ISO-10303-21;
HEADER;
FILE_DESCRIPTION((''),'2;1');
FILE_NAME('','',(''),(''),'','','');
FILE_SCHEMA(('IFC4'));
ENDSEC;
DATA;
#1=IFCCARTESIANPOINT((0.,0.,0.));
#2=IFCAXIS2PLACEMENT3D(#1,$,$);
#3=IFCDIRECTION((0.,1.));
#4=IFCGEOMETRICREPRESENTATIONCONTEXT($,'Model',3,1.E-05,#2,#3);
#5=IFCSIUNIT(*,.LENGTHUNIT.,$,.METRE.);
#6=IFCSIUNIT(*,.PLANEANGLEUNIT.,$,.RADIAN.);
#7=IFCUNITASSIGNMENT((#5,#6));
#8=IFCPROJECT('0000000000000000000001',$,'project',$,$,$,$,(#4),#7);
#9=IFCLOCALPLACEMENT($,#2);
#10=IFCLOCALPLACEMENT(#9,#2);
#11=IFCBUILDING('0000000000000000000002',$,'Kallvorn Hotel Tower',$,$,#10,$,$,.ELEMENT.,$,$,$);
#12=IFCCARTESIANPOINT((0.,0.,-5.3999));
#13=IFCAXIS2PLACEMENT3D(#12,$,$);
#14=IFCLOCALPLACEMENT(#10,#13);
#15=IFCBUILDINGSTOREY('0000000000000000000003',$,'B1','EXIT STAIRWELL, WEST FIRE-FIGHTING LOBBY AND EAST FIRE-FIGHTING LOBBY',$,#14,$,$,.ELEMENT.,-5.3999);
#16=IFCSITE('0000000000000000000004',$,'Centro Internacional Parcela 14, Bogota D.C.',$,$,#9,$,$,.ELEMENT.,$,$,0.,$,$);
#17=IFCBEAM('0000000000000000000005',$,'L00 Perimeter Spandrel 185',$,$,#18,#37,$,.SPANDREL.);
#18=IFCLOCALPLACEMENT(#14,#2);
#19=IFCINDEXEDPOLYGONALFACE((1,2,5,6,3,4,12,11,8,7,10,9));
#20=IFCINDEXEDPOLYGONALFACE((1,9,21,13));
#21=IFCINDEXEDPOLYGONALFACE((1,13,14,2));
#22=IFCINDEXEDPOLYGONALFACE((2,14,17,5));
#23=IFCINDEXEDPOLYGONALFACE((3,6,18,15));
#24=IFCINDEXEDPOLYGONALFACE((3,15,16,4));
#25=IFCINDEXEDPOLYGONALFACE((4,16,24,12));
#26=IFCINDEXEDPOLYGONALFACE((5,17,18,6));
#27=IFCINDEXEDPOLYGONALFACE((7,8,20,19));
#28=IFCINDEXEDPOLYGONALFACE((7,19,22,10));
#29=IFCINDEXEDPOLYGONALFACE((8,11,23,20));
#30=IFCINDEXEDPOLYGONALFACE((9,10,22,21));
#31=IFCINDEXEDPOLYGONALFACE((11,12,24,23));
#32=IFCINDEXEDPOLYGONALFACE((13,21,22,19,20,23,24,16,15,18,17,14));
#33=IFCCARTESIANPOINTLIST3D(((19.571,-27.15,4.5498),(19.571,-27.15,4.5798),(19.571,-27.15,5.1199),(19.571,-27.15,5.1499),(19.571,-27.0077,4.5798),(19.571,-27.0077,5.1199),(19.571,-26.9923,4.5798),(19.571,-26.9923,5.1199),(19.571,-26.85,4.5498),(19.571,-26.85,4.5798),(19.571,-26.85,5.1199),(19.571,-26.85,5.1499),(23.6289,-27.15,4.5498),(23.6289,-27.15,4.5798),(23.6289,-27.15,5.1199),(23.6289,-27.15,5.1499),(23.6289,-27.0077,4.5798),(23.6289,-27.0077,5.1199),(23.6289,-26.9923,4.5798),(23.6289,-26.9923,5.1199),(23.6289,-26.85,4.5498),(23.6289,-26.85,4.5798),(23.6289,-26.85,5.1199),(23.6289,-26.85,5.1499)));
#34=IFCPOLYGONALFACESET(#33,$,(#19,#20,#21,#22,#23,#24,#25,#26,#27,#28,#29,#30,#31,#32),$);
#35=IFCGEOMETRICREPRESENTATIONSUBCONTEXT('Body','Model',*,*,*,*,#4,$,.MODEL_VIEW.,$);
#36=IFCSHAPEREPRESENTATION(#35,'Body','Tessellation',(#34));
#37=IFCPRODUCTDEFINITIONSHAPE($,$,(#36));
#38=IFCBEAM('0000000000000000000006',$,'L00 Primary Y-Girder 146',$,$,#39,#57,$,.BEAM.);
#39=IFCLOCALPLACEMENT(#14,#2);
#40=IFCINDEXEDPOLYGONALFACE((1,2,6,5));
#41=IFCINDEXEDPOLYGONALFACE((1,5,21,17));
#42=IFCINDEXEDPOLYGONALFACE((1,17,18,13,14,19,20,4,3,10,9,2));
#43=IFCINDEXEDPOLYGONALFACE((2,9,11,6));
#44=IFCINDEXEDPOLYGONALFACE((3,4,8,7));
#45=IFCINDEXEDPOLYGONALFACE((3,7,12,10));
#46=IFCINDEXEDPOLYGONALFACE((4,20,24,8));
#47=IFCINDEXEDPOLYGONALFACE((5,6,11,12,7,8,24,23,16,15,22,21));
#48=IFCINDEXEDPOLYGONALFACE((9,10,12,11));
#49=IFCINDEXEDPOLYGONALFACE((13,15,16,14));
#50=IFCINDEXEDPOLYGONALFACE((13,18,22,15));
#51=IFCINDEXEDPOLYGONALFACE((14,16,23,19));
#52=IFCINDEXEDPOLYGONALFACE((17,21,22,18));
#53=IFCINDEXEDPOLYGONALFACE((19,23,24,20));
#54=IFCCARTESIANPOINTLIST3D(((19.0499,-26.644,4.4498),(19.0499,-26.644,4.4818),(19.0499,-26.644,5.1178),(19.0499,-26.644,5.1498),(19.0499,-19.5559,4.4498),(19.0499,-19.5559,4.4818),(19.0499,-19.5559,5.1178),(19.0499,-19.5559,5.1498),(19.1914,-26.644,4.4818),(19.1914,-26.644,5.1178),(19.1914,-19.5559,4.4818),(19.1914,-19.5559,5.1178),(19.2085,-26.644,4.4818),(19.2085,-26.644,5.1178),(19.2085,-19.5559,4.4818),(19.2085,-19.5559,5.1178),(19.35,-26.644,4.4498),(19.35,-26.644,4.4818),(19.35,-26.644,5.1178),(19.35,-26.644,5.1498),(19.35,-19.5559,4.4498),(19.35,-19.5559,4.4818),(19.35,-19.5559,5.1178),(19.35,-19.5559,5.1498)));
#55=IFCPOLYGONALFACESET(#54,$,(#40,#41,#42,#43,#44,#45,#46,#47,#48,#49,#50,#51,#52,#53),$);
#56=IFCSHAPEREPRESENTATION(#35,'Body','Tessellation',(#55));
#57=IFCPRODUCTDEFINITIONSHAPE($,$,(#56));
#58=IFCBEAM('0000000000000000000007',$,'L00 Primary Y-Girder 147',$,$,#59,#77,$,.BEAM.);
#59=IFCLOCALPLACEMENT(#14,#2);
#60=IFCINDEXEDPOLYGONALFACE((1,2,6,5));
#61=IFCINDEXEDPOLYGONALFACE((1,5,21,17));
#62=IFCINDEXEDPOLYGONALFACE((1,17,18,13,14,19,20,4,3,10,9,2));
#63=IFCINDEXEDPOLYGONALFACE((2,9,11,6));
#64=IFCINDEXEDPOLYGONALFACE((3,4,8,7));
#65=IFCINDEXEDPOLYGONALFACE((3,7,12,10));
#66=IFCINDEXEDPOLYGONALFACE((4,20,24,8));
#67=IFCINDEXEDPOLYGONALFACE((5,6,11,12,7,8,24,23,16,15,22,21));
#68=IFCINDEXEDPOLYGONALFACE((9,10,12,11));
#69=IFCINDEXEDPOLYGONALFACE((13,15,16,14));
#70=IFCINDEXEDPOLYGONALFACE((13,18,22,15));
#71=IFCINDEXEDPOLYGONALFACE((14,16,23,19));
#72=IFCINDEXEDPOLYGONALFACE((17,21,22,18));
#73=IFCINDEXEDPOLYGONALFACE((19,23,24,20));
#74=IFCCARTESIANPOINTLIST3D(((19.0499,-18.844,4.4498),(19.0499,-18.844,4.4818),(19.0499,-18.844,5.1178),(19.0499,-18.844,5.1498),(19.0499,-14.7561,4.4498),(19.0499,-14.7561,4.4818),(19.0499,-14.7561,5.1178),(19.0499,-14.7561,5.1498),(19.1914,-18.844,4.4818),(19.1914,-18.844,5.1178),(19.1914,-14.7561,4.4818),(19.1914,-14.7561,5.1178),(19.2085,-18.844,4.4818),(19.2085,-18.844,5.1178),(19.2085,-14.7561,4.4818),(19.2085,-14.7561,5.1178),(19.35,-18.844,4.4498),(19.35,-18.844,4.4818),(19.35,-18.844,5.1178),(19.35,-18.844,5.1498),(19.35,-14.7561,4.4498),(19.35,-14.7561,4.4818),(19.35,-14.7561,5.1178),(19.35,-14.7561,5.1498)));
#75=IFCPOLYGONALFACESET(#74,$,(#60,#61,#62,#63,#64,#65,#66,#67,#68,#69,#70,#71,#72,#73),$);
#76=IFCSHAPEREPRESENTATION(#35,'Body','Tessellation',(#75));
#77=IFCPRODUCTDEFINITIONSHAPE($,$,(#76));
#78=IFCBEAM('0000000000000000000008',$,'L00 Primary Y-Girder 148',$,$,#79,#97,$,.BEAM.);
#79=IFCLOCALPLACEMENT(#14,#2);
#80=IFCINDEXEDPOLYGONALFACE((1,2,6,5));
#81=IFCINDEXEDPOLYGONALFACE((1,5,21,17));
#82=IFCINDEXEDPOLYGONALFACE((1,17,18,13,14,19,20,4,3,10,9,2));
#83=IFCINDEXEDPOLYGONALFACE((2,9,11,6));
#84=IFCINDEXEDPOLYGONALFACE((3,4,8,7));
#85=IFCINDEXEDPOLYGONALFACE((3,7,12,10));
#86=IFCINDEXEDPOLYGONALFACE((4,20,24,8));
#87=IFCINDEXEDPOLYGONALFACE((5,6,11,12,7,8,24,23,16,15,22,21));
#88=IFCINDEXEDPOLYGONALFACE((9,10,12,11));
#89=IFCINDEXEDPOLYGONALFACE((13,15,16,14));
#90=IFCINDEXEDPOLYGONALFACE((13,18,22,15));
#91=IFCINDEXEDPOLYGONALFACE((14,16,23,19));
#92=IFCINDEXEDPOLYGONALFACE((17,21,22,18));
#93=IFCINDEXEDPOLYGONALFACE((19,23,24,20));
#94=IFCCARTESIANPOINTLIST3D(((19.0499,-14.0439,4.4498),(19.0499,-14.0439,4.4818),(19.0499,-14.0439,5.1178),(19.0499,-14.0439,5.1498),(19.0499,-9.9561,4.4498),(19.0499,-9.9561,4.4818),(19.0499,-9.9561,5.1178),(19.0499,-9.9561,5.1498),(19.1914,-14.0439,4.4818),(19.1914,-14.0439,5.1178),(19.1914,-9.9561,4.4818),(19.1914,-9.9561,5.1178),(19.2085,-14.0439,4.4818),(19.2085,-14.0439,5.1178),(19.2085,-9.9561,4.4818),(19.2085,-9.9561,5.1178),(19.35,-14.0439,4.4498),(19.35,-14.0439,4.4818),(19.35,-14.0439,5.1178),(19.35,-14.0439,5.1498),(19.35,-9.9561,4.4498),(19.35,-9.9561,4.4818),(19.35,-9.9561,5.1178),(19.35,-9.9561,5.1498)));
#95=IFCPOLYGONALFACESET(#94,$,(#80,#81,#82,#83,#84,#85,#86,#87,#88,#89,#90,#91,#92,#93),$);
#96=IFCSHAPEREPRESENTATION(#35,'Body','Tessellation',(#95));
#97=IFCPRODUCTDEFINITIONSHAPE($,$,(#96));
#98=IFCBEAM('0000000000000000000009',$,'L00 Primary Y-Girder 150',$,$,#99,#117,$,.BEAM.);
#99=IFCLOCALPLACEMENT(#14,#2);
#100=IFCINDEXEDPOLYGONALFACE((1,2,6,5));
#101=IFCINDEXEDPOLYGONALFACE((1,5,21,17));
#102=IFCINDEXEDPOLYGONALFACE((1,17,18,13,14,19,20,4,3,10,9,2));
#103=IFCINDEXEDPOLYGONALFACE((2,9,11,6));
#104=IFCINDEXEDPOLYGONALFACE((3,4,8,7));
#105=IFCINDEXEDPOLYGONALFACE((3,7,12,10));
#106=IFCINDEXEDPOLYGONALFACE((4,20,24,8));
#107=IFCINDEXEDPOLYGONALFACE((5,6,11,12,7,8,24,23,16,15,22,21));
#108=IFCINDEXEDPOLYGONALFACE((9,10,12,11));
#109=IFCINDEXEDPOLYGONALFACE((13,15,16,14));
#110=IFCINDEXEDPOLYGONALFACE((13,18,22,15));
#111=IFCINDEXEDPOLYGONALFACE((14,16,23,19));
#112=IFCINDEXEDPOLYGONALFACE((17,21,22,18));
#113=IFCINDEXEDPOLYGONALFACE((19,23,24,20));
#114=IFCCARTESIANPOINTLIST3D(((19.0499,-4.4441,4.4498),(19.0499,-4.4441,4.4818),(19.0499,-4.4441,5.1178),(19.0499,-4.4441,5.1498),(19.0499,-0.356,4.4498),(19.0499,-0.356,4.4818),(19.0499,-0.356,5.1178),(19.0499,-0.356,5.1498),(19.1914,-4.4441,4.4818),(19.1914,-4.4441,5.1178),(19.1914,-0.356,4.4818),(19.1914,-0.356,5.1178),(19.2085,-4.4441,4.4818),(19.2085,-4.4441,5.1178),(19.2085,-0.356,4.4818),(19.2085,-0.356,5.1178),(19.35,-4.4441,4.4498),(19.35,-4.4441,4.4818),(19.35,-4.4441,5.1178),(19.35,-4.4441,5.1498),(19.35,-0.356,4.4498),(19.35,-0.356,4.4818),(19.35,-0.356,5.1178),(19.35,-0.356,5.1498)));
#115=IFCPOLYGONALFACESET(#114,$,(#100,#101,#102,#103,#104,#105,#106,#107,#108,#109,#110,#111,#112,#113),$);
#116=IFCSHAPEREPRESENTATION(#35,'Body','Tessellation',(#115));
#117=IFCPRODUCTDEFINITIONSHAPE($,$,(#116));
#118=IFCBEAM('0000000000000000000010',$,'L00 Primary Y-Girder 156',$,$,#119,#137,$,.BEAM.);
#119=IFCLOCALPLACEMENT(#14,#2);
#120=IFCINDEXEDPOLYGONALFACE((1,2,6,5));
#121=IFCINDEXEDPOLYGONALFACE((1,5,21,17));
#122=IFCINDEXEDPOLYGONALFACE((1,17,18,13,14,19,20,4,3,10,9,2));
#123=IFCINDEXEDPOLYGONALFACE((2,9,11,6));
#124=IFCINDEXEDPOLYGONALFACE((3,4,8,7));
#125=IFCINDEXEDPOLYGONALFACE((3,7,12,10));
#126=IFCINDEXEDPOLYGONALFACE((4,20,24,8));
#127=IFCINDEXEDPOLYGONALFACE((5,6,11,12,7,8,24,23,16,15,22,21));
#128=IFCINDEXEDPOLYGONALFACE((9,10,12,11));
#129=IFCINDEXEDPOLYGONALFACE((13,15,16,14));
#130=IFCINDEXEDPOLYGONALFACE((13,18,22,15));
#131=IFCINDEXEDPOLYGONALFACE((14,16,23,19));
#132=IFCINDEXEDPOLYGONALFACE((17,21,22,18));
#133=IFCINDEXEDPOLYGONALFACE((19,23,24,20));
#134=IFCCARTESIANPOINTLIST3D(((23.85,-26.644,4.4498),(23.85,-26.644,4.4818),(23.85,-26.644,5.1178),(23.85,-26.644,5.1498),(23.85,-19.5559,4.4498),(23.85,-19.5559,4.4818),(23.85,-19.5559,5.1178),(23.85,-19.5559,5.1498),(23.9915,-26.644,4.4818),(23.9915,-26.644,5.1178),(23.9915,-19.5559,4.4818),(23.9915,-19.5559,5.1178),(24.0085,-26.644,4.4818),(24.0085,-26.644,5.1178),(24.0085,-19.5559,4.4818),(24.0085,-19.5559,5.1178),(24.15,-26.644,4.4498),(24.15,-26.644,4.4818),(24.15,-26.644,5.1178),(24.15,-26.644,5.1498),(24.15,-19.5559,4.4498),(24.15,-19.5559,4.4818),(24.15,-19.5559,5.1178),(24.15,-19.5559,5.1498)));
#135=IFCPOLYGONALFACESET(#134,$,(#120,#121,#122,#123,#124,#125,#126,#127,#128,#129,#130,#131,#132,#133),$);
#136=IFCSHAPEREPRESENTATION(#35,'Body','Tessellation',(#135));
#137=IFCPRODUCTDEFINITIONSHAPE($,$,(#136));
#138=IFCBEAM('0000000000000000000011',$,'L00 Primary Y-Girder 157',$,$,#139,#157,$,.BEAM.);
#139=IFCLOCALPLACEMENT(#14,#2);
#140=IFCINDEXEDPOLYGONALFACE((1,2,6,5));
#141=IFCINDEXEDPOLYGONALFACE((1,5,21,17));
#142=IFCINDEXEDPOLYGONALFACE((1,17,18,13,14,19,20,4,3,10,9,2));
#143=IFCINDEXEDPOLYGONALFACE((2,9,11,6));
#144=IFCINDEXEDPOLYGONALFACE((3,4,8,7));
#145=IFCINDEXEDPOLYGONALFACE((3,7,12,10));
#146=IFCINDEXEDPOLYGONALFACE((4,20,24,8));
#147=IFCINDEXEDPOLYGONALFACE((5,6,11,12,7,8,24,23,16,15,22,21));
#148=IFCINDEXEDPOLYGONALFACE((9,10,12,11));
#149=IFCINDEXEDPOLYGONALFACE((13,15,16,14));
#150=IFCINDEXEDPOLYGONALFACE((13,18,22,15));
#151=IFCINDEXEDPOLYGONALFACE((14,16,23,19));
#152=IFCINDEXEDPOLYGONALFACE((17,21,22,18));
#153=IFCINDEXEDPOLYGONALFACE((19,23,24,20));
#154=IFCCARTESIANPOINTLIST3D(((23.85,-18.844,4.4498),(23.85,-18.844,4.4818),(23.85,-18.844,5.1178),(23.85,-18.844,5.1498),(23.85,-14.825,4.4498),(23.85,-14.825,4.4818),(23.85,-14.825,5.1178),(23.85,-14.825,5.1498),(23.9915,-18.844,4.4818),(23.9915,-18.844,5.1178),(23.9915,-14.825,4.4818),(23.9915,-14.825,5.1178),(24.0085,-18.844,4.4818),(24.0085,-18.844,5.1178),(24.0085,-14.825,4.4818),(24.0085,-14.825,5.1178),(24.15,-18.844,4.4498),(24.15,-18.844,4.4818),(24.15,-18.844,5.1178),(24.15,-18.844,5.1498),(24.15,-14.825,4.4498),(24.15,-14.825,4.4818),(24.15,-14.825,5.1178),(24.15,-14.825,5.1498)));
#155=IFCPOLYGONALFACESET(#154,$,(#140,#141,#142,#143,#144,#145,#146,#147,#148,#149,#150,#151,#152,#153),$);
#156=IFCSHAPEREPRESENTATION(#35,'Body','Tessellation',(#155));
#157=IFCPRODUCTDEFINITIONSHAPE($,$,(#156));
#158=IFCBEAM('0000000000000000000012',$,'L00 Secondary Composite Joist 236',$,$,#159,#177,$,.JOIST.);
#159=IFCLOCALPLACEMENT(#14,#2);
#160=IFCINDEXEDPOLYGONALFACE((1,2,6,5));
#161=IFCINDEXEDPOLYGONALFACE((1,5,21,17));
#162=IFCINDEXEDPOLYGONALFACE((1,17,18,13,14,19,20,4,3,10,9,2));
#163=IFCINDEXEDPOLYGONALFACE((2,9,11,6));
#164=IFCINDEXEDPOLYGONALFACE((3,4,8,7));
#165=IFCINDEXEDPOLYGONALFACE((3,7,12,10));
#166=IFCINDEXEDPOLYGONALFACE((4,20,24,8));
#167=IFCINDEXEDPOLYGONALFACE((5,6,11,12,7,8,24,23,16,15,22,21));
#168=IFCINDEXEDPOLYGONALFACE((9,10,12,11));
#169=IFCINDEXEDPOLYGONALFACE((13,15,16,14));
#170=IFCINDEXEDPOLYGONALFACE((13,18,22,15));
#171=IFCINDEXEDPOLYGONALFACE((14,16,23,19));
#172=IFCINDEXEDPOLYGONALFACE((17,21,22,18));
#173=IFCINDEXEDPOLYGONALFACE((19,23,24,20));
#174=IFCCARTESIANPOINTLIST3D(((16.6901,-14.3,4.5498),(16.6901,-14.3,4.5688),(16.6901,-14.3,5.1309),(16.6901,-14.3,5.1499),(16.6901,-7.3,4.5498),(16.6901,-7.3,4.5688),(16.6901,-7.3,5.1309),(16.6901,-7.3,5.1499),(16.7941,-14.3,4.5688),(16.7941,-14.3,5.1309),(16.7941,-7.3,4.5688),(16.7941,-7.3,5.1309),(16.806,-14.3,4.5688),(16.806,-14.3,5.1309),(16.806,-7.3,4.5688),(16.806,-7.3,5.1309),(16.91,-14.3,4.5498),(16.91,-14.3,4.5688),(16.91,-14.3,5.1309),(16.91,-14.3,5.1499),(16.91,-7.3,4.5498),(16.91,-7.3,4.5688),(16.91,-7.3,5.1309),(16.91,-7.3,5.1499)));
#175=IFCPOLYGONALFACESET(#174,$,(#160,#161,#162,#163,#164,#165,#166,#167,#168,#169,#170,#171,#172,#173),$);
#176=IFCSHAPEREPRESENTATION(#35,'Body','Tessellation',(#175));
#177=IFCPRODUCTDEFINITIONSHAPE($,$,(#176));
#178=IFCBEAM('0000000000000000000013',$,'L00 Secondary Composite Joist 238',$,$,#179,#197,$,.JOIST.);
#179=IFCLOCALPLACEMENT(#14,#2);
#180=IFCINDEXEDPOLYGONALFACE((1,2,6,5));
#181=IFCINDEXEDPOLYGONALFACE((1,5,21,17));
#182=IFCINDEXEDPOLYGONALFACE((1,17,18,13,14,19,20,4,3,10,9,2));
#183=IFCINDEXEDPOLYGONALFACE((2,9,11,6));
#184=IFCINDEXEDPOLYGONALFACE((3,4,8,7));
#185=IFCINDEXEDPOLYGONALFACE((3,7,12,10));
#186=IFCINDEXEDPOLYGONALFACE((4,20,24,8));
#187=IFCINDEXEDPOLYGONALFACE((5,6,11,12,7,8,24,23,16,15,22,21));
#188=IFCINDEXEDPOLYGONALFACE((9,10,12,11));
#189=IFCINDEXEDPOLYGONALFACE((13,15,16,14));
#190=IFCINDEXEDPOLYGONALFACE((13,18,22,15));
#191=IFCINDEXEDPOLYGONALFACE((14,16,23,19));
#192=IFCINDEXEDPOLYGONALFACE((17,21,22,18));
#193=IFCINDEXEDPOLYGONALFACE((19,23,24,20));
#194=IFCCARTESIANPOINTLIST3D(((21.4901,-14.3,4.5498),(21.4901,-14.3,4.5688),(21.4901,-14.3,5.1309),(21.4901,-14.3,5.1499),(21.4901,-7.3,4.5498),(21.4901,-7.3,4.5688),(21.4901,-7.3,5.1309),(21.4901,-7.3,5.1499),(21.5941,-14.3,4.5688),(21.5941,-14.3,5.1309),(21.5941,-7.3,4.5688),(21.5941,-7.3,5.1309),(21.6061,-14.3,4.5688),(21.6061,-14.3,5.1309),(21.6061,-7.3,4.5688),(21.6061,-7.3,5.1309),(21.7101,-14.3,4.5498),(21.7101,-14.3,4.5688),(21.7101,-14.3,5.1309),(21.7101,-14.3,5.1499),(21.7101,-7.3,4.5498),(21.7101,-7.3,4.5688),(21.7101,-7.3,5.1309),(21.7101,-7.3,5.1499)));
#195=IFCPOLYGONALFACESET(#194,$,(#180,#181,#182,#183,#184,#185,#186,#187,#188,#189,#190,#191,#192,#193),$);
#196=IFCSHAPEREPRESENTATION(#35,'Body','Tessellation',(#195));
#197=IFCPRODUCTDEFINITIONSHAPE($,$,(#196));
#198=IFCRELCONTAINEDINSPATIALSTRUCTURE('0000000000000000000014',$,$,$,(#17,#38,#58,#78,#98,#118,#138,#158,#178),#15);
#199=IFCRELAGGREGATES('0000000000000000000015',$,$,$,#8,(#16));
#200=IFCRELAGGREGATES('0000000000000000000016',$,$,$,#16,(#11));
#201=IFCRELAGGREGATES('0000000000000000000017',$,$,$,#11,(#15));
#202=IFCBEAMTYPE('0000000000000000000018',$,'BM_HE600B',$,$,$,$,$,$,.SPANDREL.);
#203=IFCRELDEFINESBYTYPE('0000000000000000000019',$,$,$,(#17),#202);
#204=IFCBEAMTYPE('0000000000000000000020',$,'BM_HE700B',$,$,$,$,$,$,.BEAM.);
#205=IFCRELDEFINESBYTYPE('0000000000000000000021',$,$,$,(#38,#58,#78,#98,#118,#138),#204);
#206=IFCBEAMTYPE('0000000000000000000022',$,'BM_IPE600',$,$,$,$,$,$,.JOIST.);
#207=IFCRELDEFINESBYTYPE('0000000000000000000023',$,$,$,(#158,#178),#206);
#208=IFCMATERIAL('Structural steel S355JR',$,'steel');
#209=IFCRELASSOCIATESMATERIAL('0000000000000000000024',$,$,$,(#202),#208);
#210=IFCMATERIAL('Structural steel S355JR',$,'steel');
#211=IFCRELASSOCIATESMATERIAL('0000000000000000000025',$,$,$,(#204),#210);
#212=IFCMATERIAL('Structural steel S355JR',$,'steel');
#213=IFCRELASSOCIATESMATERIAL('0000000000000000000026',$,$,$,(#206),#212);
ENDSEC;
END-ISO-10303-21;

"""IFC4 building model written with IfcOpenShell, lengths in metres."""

from ifc_helpers import new_model, si_unit, direction, frame, origin, origin_2d, place, context, subcontext, project, spatial, i_section, extrude, material, material_profile, profile_set, type_object, element, save


model = new_model("IFC4")

# Units and contexts
model_context = context("Model", 3, precision=1e-05, world=origin(), true_north=direction((0.0, 1.0)))
body_context = subcontext(model_context, "Body", "Model", "MODEL_VIEW")
ifc_project = project(units=[si_unit("LENGTHUNIT", "METRE"), si_unit("PLANEANGLEUNIT", "RADIAN")], contexts=[model_context])

# Site, building, storey
site_placement = place(None, origin())
site = spatial("IfcSite", under=ifc_project, at=site_placement, Name="Centro Internacional Parcela 14, Bogota D.C.", CompositionType="ELEMENT", RefElevation=0.0)
building_placement = place(site_placement, origin())
building = spatial("IfcBuilding", under=site, at=building_placement, Name="Kallvorn Hotel Tower", CompositionType="ELEMENT")
storey_placement = place(building_placement, frame((0.0, 0.0, -5.3999)))
storey = spatial("IfcBuildingStorey", under=building, at=storey_placement, Name="B1", Description="EXIT STAIRWELL, WEST FIRE-FIGHTING LOBBY AND EAST FIRE-FIGHTING LOBBY", CompositionType="ELEMENT", Elevation=-5.3999)

# Beams
ifc_material_1 = material(Name="Structural steel S355JR", Category="steel")
ifc_material_profile_1 = material_profile(ifc_material_1, i_section(OverallWidth=0.3, OverallDepth=0.6001, WebThickness=0.0154, FlangeThickness=0.03, at=origin_2d()), Name="HE 600 B")
ifc_profile_set_1 = profile_set([ifc_material_profile_1], Name="Structural steel S355JR")
beam_type_1 = type_object("IfcBeamType", Name="BM_HE600B", PredefinedType="SPANDREL", material=ifc_profile_set_1)
beam_1_placement = place(storey_placement, frame((19.571, -27.0, 4.8499), z_axis=(1.0, 0.0, 0.0), x_axis=(0.0, 1.0, 0.0)))
element("IfcBeam", 1, at=beam_1_placement, inside=storey, type_object=beam_type_1, Name="L00 Perimeter Spandrel 185", PredefinedType="SPANDREL", context=body_context, shape_type="SweptSolid", body=[
    extrude(i_section(OverallWidth=0.3, OverallDepth=0.6001, WebThickness=0.0154, FlangeThickness=0.03, at=origin_2d()), origin(), (0.0, 0.0, 1.0), 4.0579),
])
ifc_material_2 = material(Name="Structural steel S355JR", Category="steel")
ifc_material_profile_2 = material_profile(ifc_material_2, i_section(OverallWidth=0.3, OverallDepth=0.7, WebThickness=0.0171, FlangeThickness=0.032, at=origin_2d()), Name="HE 700 B")
ifc_profile_set_2 = profile_set([ifc_material_profile_2], Name="Structural steel S355JR")
beam_type_2 = type_object("IfcBeamType", Name="BM_HE700B", PredefinedType="BEAM", material=ifc_profile_set_2)
beam_2_placement = place(storey_placement, frame((19.2, -26.644, 4.7998), z_axis=(0.0, 1.0, 0.0), x_axis=(-1.0, 0.0, 0.0)))
element("IfcBeam", 2, at=beam_2_placement, inside=storey, type_object=beam_type_2, Name="L00 Primary Y-Girder 146", PredefinedType="BEAM", context=body_context, shape_type="SweptSolid", body=[
    extrude(i_section(OverallWidth=0.3, OverallDepth=0.7, WebThickness=0.0171, FlangeThickness=0.032, at=origin_2d()), origin(), (0.0, 0.0, 1.0), 7.0881),
])
for number, where, z_axis, x_axis, name in (
    (3, (19.2, -18.844, 4.7998), (0.0, 1.0, 0.0), (-1.0, 0.0, 0.0), "L00 Primary Y-Girder 147"),
    (4, (19.2, -14.0439, 4.7998), (0.0, 1.0, 0.0), (-1.0, 0.0, 0.0), "L00 Primary Y-Girder 148"),
):
    element("IfcBeam", number, at=place(storey_placement, frame(where, z_axis=z_axis, x_axis=x_axis)), inside=storey, type_object=beam_type_2, Name=name, PredefinedType="BEAM", context=body_context, shape_type="SweptSolid", body=[
        extrude(i_section(OverallWidth=0.3, OverallDepth=0.7, WebThickness=0.0171, FlangeThickness=0.032, at=origin_2d()), origin(), (0.0, 0.0, 1.0), 4.0879),
    ])
beam_3_placement = place(storey_placement, frame((19.2, -4.4441, 4.7998), z_axis=(0.0, 1.0, 0.0), x_axis=(-1.0, 0.0, 0.0)))
element("IfcBeam", 5, at=beam_3_placement, inside=storey, type_object=beam_type_2, Name="L00 Primary Y-Girder 150", PredefinedType="BEAM", context=body_context, shape_type="SweptSolid", body=[
    extrude(i_section(OverallWidth=0.3, OverallDepth=0.7, WebThickness=0.0171, FlangeThickness=0.032, at=origin_2d()), origin(), (0.0, 0.0, 1.0), 4.0881),
])
beam_4_placement = place(storey_placement, frame((24.0, -26.644, 4.7998), z_axis=(0.0, 1.0, 0.0), x_axis=(-1.0, 0.0, 0.0)))
element("IfcBeam", 6, at=beam_4_placement, inside=storey, type_object=beam_type_2, Name="L00 Primary Y-Girder 156", PredefinedType="BEAM", context=body_context, shape_type="SweptSolid", body=[
    extrude(i_section(OverallWidth=0.3, OverallDepth=0.7, WebThickness=0.0171, FlangeThickness=0.032, at=origin_2d()), origin(), (0.0, 0.0, 1.0), 7.0881),
])
beam_5_placement = place(storey_placement, frame((24.0, -18.844, 4.7998), z_axis=(0.0, 1.0, 0.0), x_axis=(-1.0, 0.0, 0.0)))
element("IfcBeam", 7, at=beam_5_placement, inside=storey, type_object=beam_type_2, Name="L00 Primary Y-Girder 157", PredefinedType="BEAM", context=body_context, shape_type="SweptSolid", body=[
    extrude(i_section(OverallWidth=0.3, OverallDepth=0.7, WebThickness=0.0171, FlangeThickness=0.032, at=origin_2d()), origin(), (0.0, 0.0, 1.0), 4.019),
])
ifc_material_3 = material(Name="Structural steel S355JR", Category="steel")
ifc_material_profile_3 = material_profile(ifc_material_3, i_section(OverallWidth=0.22, OverallDepth=0.6001, WebThickness=0.012, FlangeThickness=0.019, at=origin_2d()), Name="IPE 600")
ifc_profile_set_3 = profile_set([ifc_material_profile_3], Name="Structural steel S355JR")
beam_type_3 = type_object("IfcBeamType", Name="BM_IPE600", PredefinedType="JOIST", material=ifc_profile_set_3)
for number, where, z_axis, x_axis, name in (
    (8, (16.8, -14.3, 4.8499), (0.0, 1.0, 0.0), (-1.0, 0.0, 0.0), "L00 Secondary Composite Joist 236"),
    (9, (21.6001, -14.3, 4.8499), (0.0, 1.0, 0.0), (-1.0, 0.0, 0.0), "L00 Secondary Composite Joist 238"),
):
    element("IfcBeam", number, at=place(storey_placement, frame(where, z_axis=z_axis, x_axis=x_axis)), inside=storey, type_object=beam_type_3, Name=name, PredefinedType="JOIST", context=body_context, shape_type="SweptSolid", body=[
        extrude(i_section(OverallWidth=0.22, OverallDepth=0.6001, WebThickness=0.012, FlangeThickness=0.019, at=origin_2d()), origin(), (0.0, 0.0, 1.0), 7.0),
    ])

save(model, "model.ifc")
